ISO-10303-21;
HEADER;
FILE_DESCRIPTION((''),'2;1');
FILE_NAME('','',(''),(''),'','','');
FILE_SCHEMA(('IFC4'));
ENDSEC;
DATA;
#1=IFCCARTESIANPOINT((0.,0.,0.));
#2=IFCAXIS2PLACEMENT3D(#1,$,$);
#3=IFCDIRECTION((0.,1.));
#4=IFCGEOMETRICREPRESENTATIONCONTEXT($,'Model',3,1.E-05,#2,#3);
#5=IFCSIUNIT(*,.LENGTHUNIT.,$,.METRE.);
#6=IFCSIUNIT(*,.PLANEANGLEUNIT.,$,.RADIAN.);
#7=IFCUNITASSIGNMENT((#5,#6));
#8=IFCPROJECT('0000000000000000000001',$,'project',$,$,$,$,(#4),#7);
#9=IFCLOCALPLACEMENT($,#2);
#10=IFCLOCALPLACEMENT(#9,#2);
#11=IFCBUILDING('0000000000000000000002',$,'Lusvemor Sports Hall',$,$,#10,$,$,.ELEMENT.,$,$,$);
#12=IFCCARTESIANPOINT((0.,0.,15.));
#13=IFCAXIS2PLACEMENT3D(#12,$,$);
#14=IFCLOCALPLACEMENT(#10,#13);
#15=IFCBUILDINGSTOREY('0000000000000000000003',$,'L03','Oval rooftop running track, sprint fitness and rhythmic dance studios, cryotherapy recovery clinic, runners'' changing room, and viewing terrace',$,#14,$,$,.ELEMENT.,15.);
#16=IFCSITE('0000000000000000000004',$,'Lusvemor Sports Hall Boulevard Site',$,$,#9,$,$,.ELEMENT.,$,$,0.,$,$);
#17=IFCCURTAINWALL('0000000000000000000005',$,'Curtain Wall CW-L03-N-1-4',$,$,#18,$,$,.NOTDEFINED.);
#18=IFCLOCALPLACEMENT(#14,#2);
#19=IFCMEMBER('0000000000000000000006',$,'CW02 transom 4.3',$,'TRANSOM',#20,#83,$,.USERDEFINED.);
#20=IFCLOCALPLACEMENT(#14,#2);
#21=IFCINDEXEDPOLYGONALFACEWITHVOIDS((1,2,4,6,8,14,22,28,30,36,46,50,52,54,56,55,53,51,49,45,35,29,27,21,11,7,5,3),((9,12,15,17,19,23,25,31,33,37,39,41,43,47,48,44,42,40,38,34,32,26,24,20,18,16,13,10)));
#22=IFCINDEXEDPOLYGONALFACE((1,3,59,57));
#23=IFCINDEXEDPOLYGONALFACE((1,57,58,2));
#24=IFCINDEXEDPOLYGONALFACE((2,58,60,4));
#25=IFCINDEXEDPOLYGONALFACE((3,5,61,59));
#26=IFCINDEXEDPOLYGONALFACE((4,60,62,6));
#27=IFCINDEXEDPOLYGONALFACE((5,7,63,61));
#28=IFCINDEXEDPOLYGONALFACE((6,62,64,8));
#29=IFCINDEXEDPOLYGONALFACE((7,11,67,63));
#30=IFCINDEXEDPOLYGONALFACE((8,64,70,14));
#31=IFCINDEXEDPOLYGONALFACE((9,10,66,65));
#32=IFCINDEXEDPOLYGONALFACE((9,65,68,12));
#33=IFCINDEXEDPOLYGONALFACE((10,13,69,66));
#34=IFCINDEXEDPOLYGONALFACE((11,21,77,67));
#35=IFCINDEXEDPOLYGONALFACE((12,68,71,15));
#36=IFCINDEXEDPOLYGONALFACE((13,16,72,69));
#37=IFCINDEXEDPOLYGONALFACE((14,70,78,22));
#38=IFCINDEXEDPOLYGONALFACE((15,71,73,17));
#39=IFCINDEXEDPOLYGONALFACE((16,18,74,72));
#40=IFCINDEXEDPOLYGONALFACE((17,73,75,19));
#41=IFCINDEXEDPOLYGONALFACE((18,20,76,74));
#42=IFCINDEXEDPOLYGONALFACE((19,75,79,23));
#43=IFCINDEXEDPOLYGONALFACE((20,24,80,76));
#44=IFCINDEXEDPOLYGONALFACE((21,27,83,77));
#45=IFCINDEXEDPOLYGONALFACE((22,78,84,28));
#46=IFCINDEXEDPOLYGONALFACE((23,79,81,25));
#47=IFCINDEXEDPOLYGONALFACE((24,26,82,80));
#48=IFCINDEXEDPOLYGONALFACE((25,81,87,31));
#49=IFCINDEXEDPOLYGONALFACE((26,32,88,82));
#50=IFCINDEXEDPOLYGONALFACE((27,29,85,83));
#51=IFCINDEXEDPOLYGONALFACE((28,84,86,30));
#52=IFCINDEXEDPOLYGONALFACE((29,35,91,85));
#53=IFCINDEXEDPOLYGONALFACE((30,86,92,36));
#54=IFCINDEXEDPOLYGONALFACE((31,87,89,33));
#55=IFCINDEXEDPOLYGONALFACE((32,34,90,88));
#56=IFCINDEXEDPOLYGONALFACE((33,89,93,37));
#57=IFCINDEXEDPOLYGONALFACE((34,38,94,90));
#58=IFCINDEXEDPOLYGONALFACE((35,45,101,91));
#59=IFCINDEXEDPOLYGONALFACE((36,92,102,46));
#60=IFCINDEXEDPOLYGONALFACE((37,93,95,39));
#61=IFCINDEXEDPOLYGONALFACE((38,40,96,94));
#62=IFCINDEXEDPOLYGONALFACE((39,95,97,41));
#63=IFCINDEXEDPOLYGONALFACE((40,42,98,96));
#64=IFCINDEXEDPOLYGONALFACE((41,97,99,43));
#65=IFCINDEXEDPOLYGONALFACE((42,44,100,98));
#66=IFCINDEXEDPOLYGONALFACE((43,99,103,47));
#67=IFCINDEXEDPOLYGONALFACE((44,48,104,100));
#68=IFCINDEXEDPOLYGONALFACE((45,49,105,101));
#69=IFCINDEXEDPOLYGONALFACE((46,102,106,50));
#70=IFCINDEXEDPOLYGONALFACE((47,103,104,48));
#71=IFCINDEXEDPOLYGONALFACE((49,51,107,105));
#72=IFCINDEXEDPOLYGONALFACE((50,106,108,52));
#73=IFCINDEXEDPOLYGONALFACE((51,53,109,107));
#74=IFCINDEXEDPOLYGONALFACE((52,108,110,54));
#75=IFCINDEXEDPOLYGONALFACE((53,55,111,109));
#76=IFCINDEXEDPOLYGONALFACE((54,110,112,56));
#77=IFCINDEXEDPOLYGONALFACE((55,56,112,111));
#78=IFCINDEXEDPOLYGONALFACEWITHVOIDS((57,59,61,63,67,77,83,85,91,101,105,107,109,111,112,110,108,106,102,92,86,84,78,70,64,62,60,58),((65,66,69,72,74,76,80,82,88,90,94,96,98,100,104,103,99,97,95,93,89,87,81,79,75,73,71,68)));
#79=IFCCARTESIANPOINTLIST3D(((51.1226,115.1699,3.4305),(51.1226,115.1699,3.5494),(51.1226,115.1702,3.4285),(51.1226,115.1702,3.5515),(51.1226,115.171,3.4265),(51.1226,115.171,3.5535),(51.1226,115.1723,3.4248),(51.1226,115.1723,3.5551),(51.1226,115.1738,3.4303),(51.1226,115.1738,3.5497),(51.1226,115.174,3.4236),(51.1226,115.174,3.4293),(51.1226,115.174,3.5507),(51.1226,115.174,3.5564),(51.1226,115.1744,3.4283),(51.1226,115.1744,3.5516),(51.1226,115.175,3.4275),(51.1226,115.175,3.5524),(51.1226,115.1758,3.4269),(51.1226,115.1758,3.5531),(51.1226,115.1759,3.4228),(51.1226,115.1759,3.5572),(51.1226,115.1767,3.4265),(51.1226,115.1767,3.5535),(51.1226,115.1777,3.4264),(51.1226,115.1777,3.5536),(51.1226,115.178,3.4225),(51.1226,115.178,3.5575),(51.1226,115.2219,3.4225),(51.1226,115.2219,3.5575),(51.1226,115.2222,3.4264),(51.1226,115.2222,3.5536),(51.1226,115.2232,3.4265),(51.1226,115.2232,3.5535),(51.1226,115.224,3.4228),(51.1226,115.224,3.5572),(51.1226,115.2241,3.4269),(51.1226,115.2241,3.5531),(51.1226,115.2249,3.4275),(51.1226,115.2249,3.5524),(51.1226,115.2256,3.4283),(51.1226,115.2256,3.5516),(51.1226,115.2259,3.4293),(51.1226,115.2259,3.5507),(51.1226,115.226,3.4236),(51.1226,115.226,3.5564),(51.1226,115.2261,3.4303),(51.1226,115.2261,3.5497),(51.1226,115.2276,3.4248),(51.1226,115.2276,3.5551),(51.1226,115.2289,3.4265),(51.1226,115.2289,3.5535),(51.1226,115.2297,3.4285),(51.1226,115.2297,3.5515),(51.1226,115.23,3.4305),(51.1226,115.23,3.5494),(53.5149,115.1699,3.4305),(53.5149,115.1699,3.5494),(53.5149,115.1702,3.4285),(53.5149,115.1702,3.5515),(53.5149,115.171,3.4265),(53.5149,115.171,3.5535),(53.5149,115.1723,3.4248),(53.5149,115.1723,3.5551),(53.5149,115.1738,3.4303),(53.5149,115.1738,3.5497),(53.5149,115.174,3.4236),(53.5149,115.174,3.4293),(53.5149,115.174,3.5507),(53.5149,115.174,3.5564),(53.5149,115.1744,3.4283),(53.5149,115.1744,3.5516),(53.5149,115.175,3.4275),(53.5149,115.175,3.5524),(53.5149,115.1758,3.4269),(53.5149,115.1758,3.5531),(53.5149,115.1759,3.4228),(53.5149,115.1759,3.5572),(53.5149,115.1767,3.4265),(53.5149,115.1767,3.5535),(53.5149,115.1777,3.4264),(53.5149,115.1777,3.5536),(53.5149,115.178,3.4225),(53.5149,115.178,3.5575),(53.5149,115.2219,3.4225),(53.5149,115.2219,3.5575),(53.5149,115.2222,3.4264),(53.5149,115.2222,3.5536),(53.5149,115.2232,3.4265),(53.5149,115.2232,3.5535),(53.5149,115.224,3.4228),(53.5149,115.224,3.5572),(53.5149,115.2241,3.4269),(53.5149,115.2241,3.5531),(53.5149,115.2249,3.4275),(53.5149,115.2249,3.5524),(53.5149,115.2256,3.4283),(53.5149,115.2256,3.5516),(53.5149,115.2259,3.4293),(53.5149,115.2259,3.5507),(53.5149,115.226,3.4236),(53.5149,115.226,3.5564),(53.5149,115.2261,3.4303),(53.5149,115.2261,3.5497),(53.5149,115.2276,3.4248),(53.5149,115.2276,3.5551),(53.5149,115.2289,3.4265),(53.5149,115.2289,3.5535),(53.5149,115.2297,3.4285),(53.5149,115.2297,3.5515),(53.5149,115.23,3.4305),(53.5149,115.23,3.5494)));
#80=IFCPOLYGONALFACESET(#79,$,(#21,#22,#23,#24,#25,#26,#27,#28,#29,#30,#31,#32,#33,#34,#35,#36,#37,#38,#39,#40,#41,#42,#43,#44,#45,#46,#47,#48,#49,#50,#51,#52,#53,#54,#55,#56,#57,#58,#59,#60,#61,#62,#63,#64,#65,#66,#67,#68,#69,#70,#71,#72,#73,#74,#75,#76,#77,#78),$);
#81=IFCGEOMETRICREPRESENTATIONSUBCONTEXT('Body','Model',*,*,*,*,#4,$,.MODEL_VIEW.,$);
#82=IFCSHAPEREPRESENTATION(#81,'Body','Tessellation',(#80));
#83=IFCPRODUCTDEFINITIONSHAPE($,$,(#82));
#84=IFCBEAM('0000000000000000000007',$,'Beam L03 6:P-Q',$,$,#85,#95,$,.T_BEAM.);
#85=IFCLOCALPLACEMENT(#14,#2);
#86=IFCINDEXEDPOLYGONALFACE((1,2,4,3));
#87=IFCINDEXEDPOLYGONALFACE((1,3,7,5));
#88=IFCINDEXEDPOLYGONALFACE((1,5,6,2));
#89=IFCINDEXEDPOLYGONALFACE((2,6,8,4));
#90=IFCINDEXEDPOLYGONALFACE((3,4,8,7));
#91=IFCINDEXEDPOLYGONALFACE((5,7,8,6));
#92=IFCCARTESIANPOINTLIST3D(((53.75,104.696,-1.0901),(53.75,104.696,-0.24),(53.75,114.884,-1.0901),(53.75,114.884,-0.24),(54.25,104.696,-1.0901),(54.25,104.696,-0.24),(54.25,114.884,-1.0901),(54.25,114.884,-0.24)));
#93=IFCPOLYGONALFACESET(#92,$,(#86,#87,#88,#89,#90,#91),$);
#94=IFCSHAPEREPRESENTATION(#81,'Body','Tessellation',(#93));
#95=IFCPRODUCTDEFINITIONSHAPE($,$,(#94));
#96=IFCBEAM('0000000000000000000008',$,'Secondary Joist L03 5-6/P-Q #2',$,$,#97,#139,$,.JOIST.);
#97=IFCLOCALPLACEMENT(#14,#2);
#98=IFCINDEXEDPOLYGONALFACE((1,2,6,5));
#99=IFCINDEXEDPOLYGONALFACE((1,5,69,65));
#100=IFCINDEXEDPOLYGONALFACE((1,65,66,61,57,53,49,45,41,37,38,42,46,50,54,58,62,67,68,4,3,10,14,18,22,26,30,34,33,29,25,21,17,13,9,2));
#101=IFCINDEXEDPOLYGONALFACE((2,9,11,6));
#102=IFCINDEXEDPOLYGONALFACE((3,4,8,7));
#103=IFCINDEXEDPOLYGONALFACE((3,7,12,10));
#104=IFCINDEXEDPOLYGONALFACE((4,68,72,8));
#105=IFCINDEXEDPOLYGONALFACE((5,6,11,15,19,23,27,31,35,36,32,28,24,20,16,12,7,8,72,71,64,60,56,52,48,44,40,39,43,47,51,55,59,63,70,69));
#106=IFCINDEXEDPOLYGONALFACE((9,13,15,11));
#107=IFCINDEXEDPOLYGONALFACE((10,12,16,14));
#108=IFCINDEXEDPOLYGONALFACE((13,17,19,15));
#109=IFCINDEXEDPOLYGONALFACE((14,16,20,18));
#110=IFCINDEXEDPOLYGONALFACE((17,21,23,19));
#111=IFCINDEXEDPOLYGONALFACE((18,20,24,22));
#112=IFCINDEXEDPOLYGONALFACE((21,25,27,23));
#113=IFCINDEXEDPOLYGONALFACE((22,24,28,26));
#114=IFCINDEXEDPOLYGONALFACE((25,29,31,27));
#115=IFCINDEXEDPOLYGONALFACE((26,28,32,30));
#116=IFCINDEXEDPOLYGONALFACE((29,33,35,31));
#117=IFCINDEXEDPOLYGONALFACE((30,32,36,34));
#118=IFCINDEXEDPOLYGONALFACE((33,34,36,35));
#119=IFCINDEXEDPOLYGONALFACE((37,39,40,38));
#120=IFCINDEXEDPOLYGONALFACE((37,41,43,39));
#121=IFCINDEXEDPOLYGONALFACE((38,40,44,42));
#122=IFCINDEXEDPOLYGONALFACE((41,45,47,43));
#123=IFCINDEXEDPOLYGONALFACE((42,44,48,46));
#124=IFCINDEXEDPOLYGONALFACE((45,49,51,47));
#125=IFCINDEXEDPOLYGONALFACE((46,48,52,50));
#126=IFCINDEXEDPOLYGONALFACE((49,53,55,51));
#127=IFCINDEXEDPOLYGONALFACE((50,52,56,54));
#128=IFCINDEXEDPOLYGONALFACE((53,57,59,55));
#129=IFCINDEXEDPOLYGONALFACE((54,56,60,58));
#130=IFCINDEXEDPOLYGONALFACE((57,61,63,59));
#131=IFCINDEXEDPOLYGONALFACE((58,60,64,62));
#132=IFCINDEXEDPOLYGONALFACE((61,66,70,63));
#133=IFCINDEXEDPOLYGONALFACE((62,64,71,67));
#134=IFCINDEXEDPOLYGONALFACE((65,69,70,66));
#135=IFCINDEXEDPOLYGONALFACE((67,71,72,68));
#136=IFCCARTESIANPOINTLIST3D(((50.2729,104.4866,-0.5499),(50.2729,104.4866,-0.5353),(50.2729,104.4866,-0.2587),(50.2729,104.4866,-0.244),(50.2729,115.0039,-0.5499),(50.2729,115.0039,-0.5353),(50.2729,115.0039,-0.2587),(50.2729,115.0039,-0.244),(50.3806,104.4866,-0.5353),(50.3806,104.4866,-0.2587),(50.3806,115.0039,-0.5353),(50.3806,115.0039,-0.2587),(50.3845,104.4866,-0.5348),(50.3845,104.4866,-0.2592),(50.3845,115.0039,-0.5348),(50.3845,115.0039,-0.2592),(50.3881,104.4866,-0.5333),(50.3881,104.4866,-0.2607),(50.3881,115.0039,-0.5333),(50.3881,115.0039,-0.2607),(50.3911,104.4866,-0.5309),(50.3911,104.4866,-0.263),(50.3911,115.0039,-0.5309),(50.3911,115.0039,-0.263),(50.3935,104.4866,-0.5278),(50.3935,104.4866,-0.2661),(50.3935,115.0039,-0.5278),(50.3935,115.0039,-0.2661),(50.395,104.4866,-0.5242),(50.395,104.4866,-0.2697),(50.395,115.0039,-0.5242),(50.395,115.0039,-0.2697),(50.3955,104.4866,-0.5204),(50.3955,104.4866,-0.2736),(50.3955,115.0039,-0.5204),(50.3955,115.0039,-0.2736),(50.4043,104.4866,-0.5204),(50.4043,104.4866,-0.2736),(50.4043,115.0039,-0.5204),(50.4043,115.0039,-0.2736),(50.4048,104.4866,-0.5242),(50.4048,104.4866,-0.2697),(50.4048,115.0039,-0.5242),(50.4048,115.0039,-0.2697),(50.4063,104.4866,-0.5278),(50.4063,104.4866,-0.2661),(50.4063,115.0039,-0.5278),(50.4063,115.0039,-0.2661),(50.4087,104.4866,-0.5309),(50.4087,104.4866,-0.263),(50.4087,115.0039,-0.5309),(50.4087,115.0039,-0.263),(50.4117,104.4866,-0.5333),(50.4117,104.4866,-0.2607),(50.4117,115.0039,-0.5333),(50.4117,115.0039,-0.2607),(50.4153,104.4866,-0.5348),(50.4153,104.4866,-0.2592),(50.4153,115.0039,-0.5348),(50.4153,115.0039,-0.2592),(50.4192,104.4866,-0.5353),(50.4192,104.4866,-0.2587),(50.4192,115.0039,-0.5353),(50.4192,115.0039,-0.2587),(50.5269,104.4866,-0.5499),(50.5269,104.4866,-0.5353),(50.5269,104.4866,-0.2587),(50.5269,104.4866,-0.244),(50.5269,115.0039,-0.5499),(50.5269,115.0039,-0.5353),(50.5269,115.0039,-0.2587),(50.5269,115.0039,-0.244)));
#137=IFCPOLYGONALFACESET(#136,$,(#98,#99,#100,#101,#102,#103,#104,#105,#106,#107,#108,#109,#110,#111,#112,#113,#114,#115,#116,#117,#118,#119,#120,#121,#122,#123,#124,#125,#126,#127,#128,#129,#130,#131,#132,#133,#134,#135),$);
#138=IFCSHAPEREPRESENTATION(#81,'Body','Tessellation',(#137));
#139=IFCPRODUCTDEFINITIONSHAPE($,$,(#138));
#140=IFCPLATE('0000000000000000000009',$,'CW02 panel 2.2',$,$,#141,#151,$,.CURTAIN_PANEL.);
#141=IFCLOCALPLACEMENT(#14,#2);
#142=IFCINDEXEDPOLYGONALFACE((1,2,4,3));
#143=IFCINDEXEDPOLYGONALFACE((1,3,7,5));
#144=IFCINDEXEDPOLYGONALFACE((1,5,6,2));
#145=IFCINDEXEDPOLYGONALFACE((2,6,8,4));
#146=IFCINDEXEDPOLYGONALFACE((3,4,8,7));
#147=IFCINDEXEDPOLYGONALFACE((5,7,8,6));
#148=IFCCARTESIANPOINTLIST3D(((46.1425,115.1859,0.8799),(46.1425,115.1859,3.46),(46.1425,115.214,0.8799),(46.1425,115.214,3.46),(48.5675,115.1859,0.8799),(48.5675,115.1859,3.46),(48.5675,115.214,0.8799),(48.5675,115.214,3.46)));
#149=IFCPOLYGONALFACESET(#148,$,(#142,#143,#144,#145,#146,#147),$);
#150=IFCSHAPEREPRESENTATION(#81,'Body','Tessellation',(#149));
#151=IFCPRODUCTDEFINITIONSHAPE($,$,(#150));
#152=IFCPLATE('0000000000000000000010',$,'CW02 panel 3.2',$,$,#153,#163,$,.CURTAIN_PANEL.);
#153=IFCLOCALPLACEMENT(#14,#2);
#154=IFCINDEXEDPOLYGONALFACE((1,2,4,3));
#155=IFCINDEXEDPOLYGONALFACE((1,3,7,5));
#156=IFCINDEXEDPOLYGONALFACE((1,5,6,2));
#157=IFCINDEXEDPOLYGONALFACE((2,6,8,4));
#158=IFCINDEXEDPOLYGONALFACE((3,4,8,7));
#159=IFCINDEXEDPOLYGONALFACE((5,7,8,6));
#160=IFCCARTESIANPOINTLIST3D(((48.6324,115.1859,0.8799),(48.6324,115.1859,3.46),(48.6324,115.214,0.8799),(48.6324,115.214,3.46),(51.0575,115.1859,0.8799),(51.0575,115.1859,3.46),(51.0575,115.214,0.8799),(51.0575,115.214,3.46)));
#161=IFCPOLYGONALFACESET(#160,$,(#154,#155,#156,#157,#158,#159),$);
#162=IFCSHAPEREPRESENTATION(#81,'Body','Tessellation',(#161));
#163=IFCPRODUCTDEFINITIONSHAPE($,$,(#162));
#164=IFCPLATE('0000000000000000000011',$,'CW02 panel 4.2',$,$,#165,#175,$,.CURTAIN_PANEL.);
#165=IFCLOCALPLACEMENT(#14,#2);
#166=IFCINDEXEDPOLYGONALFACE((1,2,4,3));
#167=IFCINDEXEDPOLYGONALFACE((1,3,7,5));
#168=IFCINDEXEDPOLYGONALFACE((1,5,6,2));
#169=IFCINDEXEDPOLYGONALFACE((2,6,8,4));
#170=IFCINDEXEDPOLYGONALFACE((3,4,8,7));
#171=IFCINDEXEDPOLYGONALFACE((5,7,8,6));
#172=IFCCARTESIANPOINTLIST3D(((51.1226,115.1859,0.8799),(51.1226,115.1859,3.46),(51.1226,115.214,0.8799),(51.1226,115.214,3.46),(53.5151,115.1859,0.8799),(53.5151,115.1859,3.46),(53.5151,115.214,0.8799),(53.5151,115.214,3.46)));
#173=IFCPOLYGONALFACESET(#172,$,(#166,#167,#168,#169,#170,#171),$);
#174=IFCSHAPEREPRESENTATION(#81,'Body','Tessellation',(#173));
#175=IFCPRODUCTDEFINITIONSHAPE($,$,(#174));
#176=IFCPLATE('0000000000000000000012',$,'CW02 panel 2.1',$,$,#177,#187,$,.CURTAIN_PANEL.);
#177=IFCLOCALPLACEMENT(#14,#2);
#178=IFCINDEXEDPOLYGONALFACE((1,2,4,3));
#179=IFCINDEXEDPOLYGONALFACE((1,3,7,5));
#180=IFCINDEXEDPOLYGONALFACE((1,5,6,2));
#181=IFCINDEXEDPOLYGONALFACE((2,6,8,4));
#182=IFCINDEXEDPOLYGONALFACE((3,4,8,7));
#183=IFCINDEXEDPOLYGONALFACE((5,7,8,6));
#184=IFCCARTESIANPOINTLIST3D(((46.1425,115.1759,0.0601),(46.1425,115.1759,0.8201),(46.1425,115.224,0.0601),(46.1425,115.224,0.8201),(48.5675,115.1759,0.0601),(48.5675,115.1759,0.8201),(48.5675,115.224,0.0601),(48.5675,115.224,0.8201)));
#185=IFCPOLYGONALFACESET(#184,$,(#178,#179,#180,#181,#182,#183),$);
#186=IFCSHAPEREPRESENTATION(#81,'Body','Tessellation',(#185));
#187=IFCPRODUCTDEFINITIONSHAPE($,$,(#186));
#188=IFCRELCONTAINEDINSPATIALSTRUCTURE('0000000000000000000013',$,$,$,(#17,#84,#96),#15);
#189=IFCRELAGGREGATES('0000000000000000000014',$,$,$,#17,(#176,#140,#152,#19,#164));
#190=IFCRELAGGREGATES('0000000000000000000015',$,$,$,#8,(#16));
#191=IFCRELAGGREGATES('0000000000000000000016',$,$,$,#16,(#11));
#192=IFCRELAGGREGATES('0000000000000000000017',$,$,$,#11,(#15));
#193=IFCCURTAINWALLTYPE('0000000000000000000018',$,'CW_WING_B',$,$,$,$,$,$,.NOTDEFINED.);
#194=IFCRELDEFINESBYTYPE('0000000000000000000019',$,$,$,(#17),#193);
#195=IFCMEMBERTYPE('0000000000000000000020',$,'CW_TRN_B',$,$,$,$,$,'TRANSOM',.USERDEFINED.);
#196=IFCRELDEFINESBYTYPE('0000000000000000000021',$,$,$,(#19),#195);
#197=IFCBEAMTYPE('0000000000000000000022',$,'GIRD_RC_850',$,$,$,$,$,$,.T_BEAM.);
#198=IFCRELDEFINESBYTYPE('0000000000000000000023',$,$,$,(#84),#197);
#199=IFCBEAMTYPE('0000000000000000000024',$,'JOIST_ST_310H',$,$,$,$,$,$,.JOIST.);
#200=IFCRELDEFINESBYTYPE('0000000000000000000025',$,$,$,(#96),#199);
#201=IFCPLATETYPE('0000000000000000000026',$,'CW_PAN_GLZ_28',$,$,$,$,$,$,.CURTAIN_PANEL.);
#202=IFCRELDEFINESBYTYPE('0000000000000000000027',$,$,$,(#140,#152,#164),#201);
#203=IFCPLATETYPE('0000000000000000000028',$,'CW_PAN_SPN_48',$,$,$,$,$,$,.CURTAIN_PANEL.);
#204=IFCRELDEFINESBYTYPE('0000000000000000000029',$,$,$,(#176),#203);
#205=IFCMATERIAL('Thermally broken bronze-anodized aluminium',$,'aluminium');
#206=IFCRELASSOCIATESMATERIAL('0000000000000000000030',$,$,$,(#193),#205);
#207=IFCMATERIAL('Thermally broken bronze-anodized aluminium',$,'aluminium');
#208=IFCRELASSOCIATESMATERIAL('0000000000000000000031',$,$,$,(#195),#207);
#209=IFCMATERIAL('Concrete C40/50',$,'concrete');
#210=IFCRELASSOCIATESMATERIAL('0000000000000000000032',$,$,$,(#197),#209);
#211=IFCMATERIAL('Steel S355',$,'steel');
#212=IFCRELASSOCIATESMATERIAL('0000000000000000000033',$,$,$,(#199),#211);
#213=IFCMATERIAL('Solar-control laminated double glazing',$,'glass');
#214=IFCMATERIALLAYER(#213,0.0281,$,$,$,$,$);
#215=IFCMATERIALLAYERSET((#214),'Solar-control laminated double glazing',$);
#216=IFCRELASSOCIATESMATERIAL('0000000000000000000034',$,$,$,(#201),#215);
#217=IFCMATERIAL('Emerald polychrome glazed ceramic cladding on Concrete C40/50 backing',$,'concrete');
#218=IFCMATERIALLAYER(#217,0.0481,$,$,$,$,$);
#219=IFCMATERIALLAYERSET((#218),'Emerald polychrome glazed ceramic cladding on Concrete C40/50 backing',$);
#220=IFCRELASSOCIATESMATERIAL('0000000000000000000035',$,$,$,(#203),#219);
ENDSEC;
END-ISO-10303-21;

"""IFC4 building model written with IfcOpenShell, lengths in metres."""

from ifc_helpers import new_model, si_unit, direction, frame, origin, origin_2d, place, context, subcontext, project, spatial, rectangle, hollow_rectangle, i_section, extrude, material, layer, layer_set, material_profile, profile_set, type_object, element, aggregate, save


model = new_model("IFC4")

# Units and contexts
model_context = context("Model", 3, precision=1e-05, world=origin(), true_north=direction((0.0, 1.0)))
body_context = subcontext(model_context, "Body", "Model", "MODEL_VIEW")
ifc_project = project(units=[si_unit("LENGTHUNIT", "METRE"), si_unit("PLANEANGLEUNIT", "RADIAN")], contexts=[model_context])

# Site, building, storey
site_placement = place(None, origin())
site = spatial("IfcSite", under=ifc_project, at=site_placement, Name="Lusvemor Sports Hall Boulevard Site", CompositionType="ELEMENT", RefElevation=0.0)
building_placement = place(site_placement, origin())
building = spatial("IfcBuilding", under=site, at=building_placement, Name="Lusvemor Sports Hall", CompositionType="ELEMENT")
storey_placement = place(building_placement, frame((0.0, 0.0, 15.0)))
storey = spatial("IfcBuildingStorey", under=building, at=storey_placement, Name="L03", Description="Oval rooftop running track, sprint fitness and rhythmic dance studios, cryotherapy recovery clinic, runners' changing room, and viewing terrace", CompositionType="ELEMENT", Elevation=15.0)

# Curtain wall, member
ifc_material_1 = material(Name="Thermally broken bronze-anodized aluminium", Category="aluminium")
curtain_wall_type = type_object("IfcCurtainWallType", Name="CW_WING_B", PredefinedType="NOTDEFINED", material=ifc_material_1)
curtain_wall_placement = place(storey_placement, origin())
curtain_wall = element("IfcCurtainWall", 1, at=curtain_wall_placement, inside=storey, type_object=curtain_wall_type, Name="Curtain Wall CW-L03-N-1-4", PredefinedType="NOTDEFINED")
ifc_material_2 = material(Name="Thermally broken bronze-anodized aluminium", Category="aluminium")
ifc_material_profile_1 = material_profile(ifc_material_2, hollow_rectangle(XDim=0.0601, YDim=0.135, WallThickness=0.0039, InnerFilletRadius=0.0039, OuterFilletRadius=0.0081, at=origin_2d()), Name="CWTRN135x60x4")
ifc_profile_set_1 = profile_set([ifc_material_profile_1], Name="Thermally broken bronze-anodized aluminium")
member_type_1 = type_object("IfcMemberType", Name="CW_TRN_B", ElementType="TRANSOM", PredefinedType="USERDEFINED", material=ifc_profile_set_1)
member_1_placement = place(storey_placement, frame((51.1226, 115.2, 3.49), z_axis=(1.0, 0.0, 0.0), x_axis=(0.0, 1.0, 0.0)))
member_1 = element("IfcMember", 2, at=member_1_placement, type_object=member_type_1, Name="CW02 transom 4.3", ObjectType="TRANSOM", PredefinedType="USERDEFINED", context=body_context, shape_type="SweptSolid", body=[
    extrude(hollow_rectangle(XDim=0.0601, YDim=0.135, WallThickness=0.0039, InnerFilletRadius=0.0039, OuterFilletRadius=0.0081, at=origin_2d()), origin(), (0.0, 0.0, 1.0), 2.3923),
])

# Beams
ifc_material_3 = material(Name="Concrete C40/50", Category="concrete")
ifc_material_profile_2 = material_profile(ifc_material_3, rectangle(XDim=0.5, YDim=0.8501, at=origin_2d()), Name="RC500x850")
ifc_profile_set_2 = profile_set([ifc_material_profile_2], Name="Concrete C40/50")
beam_type_1 = type_object("IfcBeamType", Name="GIRD_RC_850", PredefinedType="T_BEAM", material=ifc_profile_set_2)
beam_1_placement = place(storey_placement, frame((54.0, 104.696, -0.665), z_axis=(0.0, 1.0, 0.0), x_axis=(-1.0, 0.0, 0.0)))
element("IfcBeam", 3, at=beam_1_placement, inside=storey, type_object=beam_type_1, Name="Beam L03 6:P-Q", PredefinedType="T_BEAM", context=body_context, shape_type="SweptSolid", body=[
    extrude(rectangle(XDim=0.5, YDim=0.8501, at=origin_2d()), origin(), (0.0, 0.0, 1.0), 10.188),
])
ifc_material_4 = material(Name="Steel S355", Category="steel")
ifc_material_profile_3 = material_profile(ifc_material_4, i_section(OverallWidth=0.2539, OverallDepth=0.3059, WebThickness=0.0088, FlangeThickness=0.0146, FilletRadius=0.0149, at=origin_2d()), Name="W310x79.0")
ifc_profile_set_3 = profile_set([ifc_material_profile_3], Name="Steel S355")
beam_type_2 = type_object("IfcBeamType", Name="JOIST_ST_310H", PredefinedType="JOIST", material=ifc_profile_set_3)
beam_2_placement = place(storey_placement, frame((50.3999, 104.4866, -0.397), z_axis=(0.0, 1.0, 0.0), x_axis=(-1.0, 0.0, 0.0)))
element("IfcBeam", 4, at=beam_2_placement, inside=storey, type_object=beam_type_2, Name="Secondary Joist L03 5-6/P-Q #2", PredefinedType="JOIST", context=body_context, shape_type="SweptSolid", body=[
    extrude(i_section(OverallWidth=0.2539, OverallDepth=0.3059, WebThickness=0.0088, FlangeThickness=0.0146, FilletRadius=0.0149, at=origin_2d()), origin(), (0.0, 0.0, 1.0), 10.5173),
])

# Plates
ifc_material_5 = material(Name="Solar-control laminated double glazing", Category="glass")
ifc_layer_1 = layer(ifc_material_5, 0.0281)
ifc_layer_set_1 = layer_set([ifc_layer_1], Name="Solar-control laminated double glazing")
plate_type_1 = type_object("IfcPlateType", Name="CW_PAN_GLZ_28", PredefinedType="CURTAIN_PANEL", material=ifc_layer_set_1)
plate_1_placement = place(storey_placement, frame((47.355, 115.2, 0.8799), z_axis=(0.0, 0.0, 1.0), x_axis=(1.0, 0.0, 0.0)))
plate_1 = element("IfcPlate", 5, at=plate_1_placement, type_object=plate_type_1, Name="CW02 panel 2.2", PredefinedType="CURTAIN_PANEL", context=body_context, shape_type="SweptSolid", body=[
    extrude(rectangle(XDim=2.425, YDim=0.0281, at=origin_2d()), origin(), (0.0, 0.0, 1.0), 2.5801),
])
plate_2_placement = place(storey_placement, frame((49.845, 115.2, 0.8799), z_axis=(0.0, 0.0, 1.0), x_axis=(1.0, 0.0, 0.0)))
plate_2 = element("IfcPlate", 6, at=plate_2_placement, type_object=plate_type_1, Name="CW02 panel 3.2", PredefinedType="CURTAIN_PANEL", context=body_context, shape_type="SweptSolid", body=[
    extrude(rectangle(XDim=2.425, YDim=0.0281, at=origin_2d()), origin(), (0.0, 0.0, 1.0), 2.5801),
])
plate_3_placement = place(storey_placement, frame((52.3188, 115.2, 0.8799), z_axis=(0.0, 0.0, 1.0), x_axis=(1.0, 0.0, 0.0)))
plate_3 = element("IfcPlate", 7, at=plate_3_placement, type_object=plate_type_1, Name="CW02 panel 4.2", PredefinedType="CURTAIN_PANEL", context=body_context, shape_type="SweptSolid", body=[
    extrude(rectangle(XDim=2.3926, YDim=0.0281, at=origin_2d()), origin(), (0.0, 0.0, 1.0), 2.5801),
])
ifc_material_6 = material(Name="Emerald polychrome glazed ceramic cladding on Concrete C40/50 backing", Category="concrete")
ifc_layer_2 = layer(ifc_material_6, 0.0481)
ifc_layer_set_2 = layer_set([ifc_layer_2], Name="Emerald polychrome glazed ceramic cladding on Concrete C40/50 backing")
plate_type_2 = type_object("IfcPlateType", Name="CW_PAN_SPN_48", PredefinedType="CURTAIN_PANEL", material=ifc_layer_set_2)
plate_4_placement = place(storey_placement, frame((47.355, 115.2, 0.0601), z_axis=(0.0, 0.0, 1.0), x_axis=(1.0, 0.0, 0.0)))
plate_4 = element("IfcPlate", 8, at=plate_4_placement, type_object=plate_type_2, Name="CW02 panel 2.1", PredefinedType="CURTAIN_PANEL", context=body_context, shape_type="SweptSolid", body=[
    extrude(rectangle(XDim=2.425, YDim=0.0481, at=origin_2d()), origin(), (0.0, 0.0, 1.0), 0.76),
])
aggregate(curtain_wall, [plate_4, plate_1, plate_2, member_1, plate_3])

save(model, "model.ifc")
